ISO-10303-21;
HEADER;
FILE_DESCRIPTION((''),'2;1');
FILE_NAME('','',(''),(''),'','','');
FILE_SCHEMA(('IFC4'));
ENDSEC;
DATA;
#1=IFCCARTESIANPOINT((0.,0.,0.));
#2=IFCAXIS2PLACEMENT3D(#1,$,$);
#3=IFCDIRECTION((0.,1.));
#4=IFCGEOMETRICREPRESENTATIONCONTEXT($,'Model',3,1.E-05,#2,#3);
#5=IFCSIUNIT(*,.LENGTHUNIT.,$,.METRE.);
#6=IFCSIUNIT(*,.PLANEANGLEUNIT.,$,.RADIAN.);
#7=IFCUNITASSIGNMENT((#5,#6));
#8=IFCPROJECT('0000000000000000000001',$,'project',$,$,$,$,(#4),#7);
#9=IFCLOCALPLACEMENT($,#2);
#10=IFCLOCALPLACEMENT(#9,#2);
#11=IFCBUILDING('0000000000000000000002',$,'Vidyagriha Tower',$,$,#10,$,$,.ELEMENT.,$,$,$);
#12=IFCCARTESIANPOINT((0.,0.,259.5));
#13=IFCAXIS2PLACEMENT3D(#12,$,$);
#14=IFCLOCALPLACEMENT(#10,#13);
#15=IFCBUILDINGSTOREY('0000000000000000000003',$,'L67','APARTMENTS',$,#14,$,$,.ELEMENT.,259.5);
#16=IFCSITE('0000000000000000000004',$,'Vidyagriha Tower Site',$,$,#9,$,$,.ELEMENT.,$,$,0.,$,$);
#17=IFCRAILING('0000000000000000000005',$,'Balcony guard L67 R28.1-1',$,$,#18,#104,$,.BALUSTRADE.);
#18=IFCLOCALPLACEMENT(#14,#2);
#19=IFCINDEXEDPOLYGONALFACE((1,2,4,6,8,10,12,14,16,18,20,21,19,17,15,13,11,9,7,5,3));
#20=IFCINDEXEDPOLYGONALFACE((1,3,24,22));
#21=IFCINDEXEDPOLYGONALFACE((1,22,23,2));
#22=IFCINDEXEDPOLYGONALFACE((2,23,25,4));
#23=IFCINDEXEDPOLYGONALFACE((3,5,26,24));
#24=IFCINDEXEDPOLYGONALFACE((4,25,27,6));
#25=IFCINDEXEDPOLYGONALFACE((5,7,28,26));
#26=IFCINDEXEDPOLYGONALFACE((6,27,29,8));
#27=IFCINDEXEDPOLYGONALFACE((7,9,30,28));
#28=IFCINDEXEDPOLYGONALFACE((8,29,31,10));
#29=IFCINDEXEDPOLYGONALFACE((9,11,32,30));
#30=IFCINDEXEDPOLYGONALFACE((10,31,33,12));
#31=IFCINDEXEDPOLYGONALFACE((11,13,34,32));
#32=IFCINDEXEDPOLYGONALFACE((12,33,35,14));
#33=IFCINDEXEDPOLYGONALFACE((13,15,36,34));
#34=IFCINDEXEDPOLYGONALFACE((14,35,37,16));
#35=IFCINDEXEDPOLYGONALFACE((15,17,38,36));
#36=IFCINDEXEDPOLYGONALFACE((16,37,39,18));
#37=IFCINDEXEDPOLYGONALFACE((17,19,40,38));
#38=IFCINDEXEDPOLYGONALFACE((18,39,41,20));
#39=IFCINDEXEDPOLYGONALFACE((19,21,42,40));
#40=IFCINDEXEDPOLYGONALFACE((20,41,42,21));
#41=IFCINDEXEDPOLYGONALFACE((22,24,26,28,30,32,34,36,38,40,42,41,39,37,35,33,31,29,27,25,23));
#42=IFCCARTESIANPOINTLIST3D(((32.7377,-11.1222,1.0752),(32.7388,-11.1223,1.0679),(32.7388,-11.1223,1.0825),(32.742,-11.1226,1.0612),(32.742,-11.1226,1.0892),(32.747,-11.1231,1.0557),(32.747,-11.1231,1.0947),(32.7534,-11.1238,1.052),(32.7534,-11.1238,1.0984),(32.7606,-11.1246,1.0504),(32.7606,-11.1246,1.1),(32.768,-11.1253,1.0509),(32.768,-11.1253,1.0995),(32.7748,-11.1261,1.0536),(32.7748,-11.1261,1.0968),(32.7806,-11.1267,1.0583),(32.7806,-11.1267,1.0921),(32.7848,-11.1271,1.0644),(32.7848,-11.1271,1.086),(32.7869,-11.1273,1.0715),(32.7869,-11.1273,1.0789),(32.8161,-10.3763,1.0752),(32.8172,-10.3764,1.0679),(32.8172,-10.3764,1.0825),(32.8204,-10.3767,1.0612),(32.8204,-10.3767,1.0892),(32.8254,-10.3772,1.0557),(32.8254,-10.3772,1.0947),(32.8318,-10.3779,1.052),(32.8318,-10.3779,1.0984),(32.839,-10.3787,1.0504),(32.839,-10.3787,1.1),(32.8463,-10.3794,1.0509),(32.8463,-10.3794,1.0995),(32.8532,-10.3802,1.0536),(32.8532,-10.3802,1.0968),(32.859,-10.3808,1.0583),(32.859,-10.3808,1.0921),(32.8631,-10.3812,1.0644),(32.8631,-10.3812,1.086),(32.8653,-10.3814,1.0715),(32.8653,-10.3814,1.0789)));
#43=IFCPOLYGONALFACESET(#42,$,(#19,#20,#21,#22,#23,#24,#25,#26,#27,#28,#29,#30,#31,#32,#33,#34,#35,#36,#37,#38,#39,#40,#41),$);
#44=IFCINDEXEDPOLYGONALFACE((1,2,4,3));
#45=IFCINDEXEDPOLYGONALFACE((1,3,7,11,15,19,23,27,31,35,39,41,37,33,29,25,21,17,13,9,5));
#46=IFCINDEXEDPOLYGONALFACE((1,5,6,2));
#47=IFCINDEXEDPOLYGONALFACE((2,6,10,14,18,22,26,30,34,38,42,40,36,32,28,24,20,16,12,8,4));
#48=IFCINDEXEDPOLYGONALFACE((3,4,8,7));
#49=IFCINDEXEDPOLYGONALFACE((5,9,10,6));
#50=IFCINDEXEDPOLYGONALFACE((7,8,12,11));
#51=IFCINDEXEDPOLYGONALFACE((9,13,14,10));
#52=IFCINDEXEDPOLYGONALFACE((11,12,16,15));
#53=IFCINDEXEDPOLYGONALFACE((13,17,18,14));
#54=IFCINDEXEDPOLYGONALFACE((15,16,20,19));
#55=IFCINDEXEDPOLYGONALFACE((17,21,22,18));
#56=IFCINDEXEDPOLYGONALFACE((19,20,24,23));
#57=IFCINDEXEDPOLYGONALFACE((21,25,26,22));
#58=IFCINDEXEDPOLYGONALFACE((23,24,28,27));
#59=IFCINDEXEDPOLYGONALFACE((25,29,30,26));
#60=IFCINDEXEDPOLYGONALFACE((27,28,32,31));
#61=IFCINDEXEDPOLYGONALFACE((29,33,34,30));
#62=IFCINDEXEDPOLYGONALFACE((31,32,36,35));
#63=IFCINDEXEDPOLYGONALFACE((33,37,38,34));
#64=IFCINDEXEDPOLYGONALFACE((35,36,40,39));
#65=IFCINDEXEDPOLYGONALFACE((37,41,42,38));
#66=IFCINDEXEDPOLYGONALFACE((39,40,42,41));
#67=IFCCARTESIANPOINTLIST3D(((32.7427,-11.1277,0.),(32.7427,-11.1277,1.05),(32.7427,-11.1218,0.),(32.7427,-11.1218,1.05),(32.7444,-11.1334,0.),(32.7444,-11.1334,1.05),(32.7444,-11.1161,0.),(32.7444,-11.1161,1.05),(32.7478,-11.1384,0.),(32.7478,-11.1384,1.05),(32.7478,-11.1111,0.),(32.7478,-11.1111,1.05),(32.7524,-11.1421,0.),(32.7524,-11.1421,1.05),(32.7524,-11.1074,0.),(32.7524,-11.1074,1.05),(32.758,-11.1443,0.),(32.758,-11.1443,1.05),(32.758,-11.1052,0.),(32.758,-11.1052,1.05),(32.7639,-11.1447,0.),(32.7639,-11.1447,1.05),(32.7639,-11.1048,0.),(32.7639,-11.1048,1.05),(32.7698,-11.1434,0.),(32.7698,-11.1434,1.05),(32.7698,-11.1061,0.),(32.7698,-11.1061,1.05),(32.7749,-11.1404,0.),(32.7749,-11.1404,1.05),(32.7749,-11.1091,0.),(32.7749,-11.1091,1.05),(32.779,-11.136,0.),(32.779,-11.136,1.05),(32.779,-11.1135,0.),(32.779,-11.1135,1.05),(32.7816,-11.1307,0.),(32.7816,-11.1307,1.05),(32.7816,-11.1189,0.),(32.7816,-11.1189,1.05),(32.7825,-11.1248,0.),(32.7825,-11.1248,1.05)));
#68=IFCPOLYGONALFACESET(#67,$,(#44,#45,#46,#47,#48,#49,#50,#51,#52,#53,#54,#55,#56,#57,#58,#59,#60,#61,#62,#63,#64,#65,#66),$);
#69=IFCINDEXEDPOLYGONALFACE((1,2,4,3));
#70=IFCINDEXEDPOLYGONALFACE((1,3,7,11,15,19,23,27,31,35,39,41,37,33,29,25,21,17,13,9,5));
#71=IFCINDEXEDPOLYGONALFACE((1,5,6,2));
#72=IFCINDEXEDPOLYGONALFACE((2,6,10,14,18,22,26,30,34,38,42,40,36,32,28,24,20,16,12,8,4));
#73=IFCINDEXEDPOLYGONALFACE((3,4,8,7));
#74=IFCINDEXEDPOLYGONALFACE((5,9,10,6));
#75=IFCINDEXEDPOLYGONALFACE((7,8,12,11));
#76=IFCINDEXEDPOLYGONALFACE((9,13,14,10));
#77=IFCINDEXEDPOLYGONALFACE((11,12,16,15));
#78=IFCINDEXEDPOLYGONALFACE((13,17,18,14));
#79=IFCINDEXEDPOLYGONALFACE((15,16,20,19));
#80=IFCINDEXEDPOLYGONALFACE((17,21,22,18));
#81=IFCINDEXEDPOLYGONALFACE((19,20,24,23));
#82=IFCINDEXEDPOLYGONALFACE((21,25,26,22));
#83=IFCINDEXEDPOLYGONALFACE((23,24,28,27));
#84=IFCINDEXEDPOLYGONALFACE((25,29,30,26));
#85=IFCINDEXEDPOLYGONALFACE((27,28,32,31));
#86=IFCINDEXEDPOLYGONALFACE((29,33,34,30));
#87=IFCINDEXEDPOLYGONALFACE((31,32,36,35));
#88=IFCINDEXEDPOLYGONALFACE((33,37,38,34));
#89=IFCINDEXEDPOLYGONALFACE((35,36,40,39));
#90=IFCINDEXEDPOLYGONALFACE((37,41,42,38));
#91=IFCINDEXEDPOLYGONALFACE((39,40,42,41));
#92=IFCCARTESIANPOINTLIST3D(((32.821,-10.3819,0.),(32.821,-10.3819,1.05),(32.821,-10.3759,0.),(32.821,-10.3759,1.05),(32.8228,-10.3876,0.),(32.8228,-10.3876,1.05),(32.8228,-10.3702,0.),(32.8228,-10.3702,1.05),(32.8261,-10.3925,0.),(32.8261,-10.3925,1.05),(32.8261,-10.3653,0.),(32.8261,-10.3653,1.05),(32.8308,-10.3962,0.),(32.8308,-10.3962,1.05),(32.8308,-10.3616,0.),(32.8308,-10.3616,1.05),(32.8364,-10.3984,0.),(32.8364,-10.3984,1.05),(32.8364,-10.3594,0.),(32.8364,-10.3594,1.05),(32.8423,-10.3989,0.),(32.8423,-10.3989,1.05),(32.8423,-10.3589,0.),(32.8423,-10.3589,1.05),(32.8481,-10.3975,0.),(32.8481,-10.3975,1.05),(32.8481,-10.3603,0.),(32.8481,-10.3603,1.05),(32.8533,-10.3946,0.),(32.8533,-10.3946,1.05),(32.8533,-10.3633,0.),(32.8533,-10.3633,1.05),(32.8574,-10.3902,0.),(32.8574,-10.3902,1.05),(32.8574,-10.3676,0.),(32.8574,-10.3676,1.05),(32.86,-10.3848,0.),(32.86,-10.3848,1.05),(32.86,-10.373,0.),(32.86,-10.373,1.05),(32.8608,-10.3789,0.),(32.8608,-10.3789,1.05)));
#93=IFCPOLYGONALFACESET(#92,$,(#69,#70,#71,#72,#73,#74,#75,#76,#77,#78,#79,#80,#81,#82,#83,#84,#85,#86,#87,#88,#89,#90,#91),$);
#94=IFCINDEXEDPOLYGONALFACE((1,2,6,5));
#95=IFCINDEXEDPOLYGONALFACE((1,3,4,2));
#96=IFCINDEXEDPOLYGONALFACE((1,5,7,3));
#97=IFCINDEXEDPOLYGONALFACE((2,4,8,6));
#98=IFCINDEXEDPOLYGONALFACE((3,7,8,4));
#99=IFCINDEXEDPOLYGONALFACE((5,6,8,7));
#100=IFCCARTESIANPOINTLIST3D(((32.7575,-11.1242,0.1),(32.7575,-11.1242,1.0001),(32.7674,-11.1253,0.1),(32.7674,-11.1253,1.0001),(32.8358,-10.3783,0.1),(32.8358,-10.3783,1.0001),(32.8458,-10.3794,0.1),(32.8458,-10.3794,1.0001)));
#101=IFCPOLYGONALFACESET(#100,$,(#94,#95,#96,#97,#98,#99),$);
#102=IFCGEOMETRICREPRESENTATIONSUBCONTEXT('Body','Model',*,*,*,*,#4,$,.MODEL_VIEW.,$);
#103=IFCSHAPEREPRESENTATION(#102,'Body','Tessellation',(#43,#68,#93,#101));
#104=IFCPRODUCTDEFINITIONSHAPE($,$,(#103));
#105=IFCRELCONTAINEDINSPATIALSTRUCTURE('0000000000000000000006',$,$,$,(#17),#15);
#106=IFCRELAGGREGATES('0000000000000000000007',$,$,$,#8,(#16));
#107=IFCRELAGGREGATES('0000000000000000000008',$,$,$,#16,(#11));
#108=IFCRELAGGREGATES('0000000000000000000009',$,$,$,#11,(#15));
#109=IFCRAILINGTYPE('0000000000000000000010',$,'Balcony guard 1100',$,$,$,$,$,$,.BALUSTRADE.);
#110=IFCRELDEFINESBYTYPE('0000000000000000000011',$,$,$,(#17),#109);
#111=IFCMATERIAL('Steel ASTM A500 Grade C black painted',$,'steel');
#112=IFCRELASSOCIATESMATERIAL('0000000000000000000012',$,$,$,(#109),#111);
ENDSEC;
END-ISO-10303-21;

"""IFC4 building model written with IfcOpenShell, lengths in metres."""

from ifc_helpers import new_model, si_unit, direction, frame, origin, origin_2d, place, context, subcontext, project, spatial, rectangle, circle, extrude, material, type_object, element, save


model = new_model("IFC4")

# Units and contexts
model_context = context("Model", 3, precision=1e-05, world=origin(), true_north=direction((0.0, 1.0)))
body_context = subcontext(model_context, "Body", "Model", "MODEL_VIEW")
ifc_project = project(units=[si_unit("LENGTHUNIT", "METRE"), si_unit("PLANEANGLEUNIT", "RADIAN")], contexts=[model_context])

# Site, building, storey
site_placement = place(None, origin())
site = spatial("IfcSite", under=ifc_project, at=site_placement, Name="Vidyagriha Tower Site", CompositionType="ELEMENT", RefElevation=0.0)
building_placement = place(site_placement, origin())
building = spatial("IfcBuilding", under=site, at=building_placement, Name="Vidyagriha Tower", CompositionType="ELEMENT")
storey_placement = place(building_placement, frame((0.0, 0.0, 259.5)))
storey = spatial("IfcBuildingStorey", under=building, at=storey_placement, Name="L67", Description="APARTMENTS", CompositionType="ELEMENT", Elevation=259.5)

# Railing
ifc_material_1 = material(Name="Steel ASTM A500 Grade C black painted", Category="steel")
railing_type_1 = type_object("IfcRailingType", Name="Balcony guard 1100", PredefinedType="BALUSTRADE", material=ifc_material_1)
railing_1_placement = place(storey_placement, frame((32.7625, -11.1248, 0.0)))
element("IfcRailing", 1, at=railing_1_placement, inside=storey, type_object=railing_type_1, Name="Balcony guard L67 R28.1-1", PredefinedType="BALUSTRADE", context=body_context, shape_type="SweptSolid", body=[
    extrude(circle(Radius=0.0249, at=origin_2d()), frame((0.0, 0.0, 1.0752), z_axis=(0.104498, 0.994525, 0.0), x_axis=(-0.994525, 0.104498, 0.0)), (0.0, 0.0, 1.0), 0.75),
    extrude(circle(Radius=0.02, at=origin_2d()), origin(), (0.0, 0.0, 1.0), 1.05),
    extrude(circle(Radius=0.02, at=origin_2d()), frame((0.0784, 0.7458, 0.0)), (0.0, 0.0, 1.0), 1.05),
    extrude(rectangle(XDim=0.01, YDim=0.9001, at=origin_2d()), frame((0.0, 0.0, 0.55), z_axis=(0.104498, 0.994525, 0.0), x_axis=(-0.994525, 0.104498, 0.0)), (0.0, 0.0, 1.0), 0.75),
])

save(model, "model.ifc")
